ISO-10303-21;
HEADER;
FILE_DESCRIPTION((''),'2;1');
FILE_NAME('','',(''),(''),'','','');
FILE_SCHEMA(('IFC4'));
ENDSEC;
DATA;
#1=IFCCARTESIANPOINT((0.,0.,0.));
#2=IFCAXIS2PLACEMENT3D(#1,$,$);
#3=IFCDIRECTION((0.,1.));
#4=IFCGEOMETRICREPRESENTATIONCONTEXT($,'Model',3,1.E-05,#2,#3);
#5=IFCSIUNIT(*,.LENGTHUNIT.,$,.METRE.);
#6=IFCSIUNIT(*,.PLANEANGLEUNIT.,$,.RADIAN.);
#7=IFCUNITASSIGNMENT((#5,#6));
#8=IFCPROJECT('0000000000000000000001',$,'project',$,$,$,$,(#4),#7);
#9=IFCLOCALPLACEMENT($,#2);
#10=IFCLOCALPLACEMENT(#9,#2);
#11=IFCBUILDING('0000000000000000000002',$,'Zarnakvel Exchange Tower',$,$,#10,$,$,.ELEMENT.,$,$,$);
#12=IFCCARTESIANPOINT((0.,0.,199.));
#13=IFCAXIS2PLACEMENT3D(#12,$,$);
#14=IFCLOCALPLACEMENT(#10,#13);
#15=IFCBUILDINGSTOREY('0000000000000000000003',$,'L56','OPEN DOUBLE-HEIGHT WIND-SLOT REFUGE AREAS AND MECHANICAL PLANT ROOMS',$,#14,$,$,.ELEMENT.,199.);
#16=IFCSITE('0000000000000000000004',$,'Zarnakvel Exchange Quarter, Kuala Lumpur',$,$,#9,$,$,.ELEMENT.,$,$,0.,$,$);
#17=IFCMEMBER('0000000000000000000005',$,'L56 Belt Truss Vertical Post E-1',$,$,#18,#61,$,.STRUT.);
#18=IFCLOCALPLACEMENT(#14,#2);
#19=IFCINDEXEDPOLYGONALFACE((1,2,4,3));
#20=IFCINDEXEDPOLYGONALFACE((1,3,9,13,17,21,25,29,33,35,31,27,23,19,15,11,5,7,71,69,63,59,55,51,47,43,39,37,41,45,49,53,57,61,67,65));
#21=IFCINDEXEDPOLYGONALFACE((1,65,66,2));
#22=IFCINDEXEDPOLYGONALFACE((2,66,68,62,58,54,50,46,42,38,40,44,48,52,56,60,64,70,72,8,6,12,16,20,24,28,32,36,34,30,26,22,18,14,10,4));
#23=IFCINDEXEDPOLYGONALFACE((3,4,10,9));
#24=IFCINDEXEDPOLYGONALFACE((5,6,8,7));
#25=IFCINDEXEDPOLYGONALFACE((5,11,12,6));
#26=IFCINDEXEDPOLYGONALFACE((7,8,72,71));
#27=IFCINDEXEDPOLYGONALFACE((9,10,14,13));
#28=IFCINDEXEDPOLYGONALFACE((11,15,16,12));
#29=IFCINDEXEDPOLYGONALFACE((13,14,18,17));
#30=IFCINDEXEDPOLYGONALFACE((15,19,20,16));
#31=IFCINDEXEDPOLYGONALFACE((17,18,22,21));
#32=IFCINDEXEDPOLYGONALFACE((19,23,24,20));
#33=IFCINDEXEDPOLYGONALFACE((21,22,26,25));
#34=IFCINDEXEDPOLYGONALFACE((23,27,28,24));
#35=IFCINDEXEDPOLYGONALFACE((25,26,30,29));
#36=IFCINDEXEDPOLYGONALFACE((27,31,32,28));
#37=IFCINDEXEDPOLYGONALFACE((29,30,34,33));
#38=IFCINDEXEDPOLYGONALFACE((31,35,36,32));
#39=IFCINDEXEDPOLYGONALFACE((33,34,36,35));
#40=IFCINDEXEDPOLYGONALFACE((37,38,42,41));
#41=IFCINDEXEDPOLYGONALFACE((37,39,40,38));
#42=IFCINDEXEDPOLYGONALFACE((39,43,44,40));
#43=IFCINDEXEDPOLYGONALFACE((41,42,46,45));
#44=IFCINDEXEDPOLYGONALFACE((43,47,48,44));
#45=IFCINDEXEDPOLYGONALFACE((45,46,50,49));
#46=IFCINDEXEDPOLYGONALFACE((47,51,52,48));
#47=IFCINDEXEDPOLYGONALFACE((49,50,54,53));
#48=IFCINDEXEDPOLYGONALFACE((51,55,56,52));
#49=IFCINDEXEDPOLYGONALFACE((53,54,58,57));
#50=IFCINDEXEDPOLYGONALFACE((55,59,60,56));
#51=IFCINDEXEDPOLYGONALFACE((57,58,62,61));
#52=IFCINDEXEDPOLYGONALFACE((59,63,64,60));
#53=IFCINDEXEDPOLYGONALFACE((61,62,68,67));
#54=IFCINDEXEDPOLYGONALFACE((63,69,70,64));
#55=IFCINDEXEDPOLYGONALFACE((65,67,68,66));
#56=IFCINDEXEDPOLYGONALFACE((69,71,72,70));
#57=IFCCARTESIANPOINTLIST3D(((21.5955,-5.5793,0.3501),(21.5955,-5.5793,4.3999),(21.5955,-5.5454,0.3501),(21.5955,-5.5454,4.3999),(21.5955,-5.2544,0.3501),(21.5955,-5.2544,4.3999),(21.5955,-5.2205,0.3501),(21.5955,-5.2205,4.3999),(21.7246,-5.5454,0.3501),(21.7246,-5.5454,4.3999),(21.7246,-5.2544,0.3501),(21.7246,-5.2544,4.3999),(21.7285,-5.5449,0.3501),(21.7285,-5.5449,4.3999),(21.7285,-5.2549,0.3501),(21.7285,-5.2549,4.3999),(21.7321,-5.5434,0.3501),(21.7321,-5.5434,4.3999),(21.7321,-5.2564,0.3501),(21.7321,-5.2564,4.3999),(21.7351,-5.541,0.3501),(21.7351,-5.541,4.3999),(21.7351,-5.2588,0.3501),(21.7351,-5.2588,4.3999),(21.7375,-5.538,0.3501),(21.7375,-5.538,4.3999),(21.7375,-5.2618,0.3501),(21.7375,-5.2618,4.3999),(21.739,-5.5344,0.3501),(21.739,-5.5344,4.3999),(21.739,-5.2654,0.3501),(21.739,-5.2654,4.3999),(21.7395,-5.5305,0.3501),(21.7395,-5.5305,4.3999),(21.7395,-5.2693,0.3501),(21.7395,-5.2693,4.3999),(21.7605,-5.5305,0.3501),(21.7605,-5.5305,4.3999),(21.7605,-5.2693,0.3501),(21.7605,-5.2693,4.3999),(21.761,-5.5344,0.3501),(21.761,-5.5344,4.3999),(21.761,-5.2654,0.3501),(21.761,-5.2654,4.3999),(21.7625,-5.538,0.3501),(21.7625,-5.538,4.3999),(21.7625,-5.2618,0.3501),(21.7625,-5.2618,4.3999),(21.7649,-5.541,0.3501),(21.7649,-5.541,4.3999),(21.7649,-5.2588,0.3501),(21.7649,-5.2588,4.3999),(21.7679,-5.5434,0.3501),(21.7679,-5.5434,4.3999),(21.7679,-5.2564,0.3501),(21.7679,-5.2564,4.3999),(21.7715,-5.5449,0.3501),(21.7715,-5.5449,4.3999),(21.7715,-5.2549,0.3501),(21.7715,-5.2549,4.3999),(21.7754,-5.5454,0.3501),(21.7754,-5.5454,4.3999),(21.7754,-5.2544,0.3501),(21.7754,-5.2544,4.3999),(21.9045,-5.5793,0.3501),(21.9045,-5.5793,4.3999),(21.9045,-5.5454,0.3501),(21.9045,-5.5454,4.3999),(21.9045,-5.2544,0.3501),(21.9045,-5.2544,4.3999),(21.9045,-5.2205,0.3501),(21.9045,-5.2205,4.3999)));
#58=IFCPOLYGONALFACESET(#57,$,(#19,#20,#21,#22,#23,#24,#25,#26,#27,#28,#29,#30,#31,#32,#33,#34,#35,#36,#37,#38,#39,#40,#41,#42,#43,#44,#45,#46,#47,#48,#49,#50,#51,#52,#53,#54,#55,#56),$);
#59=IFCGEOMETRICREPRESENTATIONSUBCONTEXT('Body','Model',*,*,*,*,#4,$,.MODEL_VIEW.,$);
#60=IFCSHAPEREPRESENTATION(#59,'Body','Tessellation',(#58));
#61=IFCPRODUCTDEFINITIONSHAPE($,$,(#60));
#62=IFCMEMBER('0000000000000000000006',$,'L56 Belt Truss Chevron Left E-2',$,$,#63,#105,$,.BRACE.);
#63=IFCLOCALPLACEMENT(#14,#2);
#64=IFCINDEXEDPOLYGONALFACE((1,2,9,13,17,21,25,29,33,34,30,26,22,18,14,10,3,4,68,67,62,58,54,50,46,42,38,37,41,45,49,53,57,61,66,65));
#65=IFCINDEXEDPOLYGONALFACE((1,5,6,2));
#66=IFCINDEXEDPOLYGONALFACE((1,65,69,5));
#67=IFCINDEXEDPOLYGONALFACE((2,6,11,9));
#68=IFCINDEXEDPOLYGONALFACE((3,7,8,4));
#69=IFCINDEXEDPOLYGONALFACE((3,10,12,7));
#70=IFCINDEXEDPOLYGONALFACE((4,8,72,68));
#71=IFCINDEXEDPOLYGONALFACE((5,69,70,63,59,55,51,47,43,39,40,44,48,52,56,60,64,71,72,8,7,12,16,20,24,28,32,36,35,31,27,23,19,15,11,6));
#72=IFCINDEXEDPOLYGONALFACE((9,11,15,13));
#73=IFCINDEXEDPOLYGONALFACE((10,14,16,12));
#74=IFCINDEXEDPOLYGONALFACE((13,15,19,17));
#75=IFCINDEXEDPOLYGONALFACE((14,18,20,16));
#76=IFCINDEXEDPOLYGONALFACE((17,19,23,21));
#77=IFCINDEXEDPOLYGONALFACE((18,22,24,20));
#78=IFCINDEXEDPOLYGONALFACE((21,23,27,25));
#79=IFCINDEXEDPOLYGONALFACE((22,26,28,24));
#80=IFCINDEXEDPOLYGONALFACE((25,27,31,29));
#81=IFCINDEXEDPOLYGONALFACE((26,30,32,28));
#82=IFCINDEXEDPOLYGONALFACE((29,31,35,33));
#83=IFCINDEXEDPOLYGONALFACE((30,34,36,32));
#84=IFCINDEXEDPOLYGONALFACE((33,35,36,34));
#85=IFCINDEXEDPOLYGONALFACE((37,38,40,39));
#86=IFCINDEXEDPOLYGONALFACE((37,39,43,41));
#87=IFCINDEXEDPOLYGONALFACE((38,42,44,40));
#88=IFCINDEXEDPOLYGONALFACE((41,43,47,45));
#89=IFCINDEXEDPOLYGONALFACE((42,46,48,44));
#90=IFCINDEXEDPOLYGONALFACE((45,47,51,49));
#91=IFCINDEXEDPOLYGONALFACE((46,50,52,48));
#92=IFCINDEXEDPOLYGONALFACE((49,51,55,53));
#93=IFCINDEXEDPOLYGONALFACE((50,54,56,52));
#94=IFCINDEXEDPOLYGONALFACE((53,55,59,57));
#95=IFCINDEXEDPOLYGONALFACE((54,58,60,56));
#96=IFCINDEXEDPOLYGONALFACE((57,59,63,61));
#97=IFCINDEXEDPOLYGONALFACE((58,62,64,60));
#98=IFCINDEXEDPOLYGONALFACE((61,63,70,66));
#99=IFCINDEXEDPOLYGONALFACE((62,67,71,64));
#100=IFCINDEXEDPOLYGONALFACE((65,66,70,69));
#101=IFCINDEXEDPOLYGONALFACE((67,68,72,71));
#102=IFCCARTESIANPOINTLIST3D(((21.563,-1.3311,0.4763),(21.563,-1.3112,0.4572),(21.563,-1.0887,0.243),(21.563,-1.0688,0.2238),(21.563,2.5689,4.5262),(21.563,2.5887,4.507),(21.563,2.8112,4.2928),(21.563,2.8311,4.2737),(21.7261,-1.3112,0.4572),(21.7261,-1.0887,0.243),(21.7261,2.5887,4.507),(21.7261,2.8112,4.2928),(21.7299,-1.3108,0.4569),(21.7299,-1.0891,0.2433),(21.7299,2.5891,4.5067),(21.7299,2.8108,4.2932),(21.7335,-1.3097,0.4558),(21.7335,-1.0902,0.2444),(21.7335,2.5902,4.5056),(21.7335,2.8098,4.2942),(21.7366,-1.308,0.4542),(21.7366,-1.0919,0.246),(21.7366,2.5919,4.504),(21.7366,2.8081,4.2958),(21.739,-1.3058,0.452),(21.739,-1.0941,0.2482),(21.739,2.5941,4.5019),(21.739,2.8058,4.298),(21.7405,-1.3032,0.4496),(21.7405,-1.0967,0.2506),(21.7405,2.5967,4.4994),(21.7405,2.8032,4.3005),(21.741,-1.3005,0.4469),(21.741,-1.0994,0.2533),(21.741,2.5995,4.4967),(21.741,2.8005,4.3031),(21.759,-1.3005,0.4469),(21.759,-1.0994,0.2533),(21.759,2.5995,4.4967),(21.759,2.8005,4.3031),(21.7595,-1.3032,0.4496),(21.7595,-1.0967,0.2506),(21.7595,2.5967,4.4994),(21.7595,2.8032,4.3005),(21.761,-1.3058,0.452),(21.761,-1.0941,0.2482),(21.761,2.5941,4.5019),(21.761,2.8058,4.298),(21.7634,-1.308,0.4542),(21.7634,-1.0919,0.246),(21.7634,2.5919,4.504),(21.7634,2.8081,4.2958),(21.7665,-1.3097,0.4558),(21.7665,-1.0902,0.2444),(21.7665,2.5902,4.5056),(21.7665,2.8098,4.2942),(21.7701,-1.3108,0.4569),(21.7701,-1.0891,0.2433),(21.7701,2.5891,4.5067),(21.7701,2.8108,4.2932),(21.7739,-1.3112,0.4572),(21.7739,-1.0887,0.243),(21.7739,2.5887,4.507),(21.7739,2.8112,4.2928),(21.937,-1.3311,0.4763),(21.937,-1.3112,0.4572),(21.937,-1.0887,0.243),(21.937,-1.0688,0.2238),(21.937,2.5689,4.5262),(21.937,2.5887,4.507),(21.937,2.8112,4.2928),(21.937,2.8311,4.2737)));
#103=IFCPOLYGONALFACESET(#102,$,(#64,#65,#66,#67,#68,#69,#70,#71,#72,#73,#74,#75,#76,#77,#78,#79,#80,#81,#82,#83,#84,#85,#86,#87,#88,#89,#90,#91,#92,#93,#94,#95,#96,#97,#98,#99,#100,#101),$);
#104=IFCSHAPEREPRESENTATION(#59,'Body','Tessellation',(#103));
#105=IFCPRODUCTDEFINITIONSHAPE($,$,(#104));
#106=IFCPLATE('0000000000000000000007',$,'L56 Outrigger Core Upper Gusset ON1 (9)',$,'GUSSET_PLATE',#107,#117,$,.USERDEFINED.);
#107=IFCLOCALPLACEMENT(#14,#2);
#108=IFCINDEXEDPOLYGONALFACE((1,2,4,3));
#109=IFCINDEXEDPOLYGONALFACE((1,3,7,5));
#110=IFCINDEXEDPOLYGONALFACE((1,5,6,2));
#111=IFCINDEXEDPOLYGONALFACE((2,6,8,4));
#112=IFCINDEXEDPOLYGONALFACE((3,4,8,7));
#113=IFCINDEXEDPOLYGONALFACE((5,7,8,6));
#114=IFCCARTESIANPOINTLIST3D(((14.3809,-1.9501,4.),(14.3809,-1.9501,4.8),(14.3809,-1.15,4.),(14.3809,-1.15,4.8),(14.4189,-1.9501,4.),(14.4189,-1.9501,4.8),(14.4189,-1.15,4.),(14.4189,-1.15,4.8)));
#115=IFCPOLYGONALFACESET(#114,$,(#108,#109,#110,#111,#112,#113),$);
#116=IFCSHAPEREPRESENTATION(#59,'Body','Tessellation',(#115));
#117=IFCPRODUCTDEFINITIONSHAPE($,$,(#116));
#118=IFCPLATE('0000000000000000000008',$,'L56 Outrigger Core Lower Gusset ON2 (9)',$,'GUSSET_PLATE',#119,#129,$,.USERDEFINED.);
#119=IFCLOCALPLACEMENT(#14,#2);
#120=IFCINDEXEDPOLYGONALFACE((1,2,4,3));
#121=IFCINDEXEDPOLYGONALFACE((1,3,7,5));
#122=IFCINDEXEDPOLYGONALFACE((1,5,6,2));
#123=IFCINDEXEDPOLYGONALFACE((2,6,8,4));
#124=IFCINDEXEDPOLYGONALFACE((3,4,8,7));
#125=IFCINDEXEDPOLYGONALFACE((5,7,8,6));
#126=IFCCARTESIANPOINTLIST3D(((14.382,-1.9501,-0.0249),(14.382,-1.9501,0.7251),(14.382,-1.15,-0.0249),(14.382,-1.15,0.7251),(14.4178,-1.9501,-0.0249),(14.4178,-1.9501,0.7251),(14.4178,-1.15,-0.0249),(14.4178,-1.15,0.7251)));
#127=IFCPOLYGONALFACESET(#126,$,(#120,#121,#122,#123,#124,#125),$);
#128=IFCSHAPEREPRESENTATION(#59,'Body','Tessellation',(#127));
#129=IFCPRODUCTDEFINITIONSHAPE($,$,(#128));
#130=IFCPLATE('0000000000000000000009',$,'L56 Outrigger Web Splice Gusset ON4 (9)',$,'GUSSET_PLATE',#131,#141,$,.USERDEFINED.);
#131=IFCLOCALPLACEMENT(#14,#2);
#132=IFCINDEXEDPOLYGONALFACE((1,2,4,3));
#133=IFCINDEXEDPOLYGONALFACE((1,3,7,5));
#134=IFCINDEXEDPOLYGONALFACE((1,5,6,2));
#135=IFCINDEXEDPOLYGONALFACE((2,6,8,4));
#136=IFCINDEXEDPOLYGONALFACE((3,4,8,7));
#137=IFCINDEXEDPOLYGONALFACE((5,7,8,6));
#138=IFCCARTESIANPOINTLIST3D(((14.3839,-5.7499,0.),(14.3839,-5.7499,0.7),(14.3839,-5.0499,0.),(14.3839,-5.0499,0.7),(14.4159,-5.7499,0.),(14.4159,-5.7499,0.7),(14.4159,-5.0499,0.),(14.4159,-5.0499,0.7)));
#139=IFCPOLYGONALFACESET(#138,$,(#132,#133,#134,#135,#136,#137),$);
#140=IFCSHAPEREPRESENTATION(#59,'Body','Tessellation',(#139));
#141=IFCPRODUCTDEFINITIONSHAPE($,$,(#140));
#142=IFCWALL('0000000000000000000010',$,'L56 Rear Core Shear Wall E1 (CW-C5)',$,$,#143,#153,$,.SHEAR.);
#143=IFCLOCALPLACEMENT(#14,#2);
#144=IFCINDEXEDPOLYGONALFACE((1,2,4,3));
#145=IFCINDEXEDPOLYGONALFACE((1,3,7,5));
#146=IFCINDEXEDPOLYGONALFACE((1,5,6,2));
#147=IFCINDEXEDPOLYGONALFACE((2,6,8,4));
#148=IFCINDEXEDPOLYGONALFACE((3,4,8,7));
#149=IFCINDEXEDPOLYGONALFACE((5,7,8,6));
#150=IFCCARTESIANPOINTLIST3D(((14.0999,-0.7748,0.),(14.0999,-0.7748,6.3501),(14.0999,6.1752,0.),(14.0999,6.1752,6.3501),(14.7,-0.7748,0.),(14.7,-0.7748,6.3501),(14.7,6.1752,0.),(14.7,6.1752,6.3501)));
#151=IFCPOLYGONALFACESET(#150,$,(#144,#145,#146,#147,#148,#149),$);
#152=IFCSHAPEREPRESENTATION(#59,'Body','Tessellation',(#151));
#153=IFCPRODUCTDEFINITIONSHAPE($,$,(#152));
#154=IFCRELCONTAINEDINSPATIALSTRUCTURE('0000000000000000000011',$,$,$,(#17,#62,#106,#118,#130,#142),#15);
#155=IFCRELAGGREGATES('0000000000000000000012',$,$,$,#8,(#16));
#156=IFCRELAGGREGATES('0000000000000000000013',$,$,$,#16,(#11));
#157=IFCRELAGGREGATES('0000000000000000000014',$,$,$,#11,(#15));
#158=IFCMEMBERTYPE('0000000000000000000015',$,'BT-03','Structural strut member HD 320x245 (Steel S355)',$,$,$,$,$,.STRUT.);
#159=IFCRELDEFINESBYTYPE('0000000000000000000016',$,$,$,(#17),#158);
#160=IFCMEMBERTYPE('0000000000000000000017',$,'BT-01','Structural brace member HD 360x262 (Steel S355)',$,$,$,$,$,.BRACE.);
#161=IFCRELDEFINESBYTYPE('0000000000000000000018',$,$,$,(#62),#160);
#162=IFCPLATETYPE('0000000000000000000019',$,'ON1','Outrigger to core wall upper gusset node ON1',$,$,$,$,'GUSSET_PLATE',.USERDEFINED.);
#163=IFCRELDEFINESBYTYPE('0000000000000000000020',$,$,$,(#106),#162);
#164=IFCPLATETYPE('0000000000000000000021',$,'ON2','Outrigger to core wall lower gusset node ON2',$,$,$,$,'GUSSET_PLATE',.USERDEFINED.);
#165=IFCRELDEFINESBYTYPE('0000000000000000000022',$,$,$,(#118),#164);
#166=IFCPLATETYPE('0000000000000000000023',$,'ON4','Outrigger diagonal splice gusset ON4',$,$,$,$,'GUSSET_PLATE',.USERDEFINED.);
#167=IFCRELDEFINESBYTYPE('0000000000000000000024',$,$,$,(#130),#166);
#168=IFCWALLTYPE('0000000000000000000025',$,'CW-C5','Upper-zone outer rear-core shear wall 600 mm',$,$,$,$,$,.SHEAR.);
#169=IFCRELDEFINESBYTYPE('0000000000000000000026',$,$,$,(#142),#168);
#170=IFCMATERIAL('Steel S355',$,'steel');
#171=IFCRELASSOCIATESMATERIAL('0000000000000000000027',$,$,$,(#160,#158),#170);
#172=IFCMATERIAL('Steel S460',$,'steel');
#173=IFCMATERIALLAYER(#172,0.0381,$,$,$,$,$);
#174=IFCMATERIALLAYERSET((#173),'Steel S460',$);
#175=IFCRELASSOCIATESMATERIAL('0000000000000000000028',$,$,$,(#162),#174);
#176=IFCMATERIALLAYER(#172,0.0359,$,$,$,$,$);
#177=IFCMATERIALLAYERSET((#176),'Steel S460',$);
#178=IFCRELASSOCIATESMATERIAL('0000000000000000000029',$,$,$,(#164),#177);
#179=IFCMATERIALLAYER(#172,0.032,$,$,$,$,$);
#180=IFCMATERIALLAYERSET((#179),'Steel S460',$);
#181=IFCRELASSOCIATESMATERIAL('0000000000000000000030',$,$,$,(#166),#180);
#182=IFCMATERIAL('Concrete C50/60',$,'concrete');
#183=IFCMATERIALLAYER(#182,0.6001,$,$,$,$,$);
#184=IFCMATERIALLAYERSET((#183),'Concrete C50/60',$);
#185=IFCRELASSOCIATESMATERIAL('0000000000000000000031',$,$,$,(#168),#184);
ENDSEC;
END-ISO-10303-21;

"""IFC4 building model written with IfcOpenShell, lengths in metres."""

from ifc_helpers import new_model, si_unit, direction, frame, frame_2d, origin, origin_2d, place, context, subcontext, project, spatial, rectangle, i_section, extrude, source, transform, mapped, material, layer, layer_set, material_profile, profile_set, type_object, element, save


model = new_model("IFC4")

# Units and contexts
model_context = context("Model", 3, precision=1e-05, world=origin(), true_north=direction((0.0, 1.0)))
body_context = subcontext(model_context, "Body", "Model", "MODEL_VIEW")
ifc_project = project(units=[si_unit("LENGTHUNIT", "METRE"), si_unit("PLANEANGLEUNIT", "RADIAN")], contexts=[model_context])

# Site, building, storey
site_placement = place(None, origin())
site = spatial("IfcSite", under=ifc_project, at=site_placement, Name="Zarnakvel Exchange Quarter, Kuala Lumpur", CompositionType="ELEMENT", RefElevation=0.0)
building_placement = place(site_placement, origin())
building = spatial("IfcBuilding", under=site, at=building_placement, Name="Zarnakvel Exchange Tower", CompositionType="ELEMENT")
storey_placement = place(building_placement, frame((0.0, 0.0, 199.0)))
storey = spatial("IfcBuildingStorey", under=building, at=storey_placement, Name="L56", Description="OPEN DOUBLE-HEIGHT WIND-SLOT REFUGE AREAS AND MECHANICAL PLANT ROOMS", CompositionType="ELEMENT", Elevation=199.0)

# Shared definitions
ifc_material_1 = material(Name="Concrete C50/60", Category="concrete")
ifc_material_2 = material(Name="Steel S355", Category="steel")

# Shared definitions
ifc_material_3 = material(Name="Steel S460", Category="steel")

# Members
ifc_material_profile_1 = material_profile(ifc_material_2, i_section(OverallWidth=0.374, OverallDepth=0.364, WebThickness=0.0181, FlangeThickness=0.0276, FilletRadius=0.0149, at=origin_2d()))
ifc_profile_set_1 = profile_set([ifc_material_profile_1], Name="Steel S355")
member_type_1 = type_object("IfcMemberType", Name="BT-01", Description="Structural brace member HD 360x262 (Steel S355)", PredefinedType="BRACE", material=ifc_profile_set_1)
ifc_material_profile_2 = material_profile(ifc_material_2, i_section(OverallWidth=0.3091, OverallDepth=0.3589, WebThickness=0.021, FlangeThickness=0.0339, FilletRadius=0.0149, at=origin_2d()))
ifc_profile_set_2 = profile_set([ifc_material_profile_2], Name="Steel S355")
member_type_2 = type_object("IfcMemberType", Name="BT-03", Description="Structural strut member HD 320x245 (Steel S355)", PredefinedType="STRUT", material=ifc_profile_set_2)
shared_shape_1 = source(origin(), body_context, "Body", "SweptSolid", [
    extrude(i_section(OverallWidth=0.3091, OverallDepth=0.3589, WebThickness=0.021, FlangeThickness=0.0339, FilletRadius=0.0149, at=origin_2d()), origin(), (0.0, 0.0, 1.0), 4.0498),
])
member_1_placement = place(storey_placement, frame((21.75, -5.3999, 0.3501), z_axis=(0.0, 0.0, 1.0), x_axis=(1.0, 0.0, 0.0)))
element("IfcMember", 1, at=member_1_placement, inside=storey, type_object=member_type_2, Name="L56 Belt Truss Vertical Post E-1", PredefinedType="STRUT", context=body_context, shape_type="MappedRepresentation", body=[
    mapped(shared_shape_1, transform((0.0, 0.0, 0.0), x_axis=(1.0, 0.0, 0.0), y_axis=(0.0, 1.0, 0.0), z_axis=(0.0, 0.0, 1.0), scale=1.0)),
])
shared_shape_2 = source(origin(), body_context, "Body", "SweptSolid", [
    extrude(i_section(OverallWidth=0.374, OverallDepth=0.364, WebThickness=0.0181, FlangeThickness=0.0276, FilletRadius=0.0149, at=origin_2d()), origin(), (0.0, 0.0, 1.0), 5.6223),
])
member_2_placement = place(storey_placement, frame((21.75, -1.2, 0.3501), z_axis=(0.0, 0.69365, 0.720312), x_axis=(-1.0, 0.0, 0.0)))
element("IfcMember", 2, at=member_2_placement, inside=storey, type_object=member_type_1, Name="L56 Belt Truss Chevron Left E-2", PredefinedType="BRACE", context=body_context, shape_type="MappedRepresentation", body=[
    mapped(shared_shape_2, transform((0.0, 0.0, 0.0), x_axis=(1.0, 0.0, 0.0), y_axis=(0.0, 1.0, 0.0), z_axis=(0.0, 0.0, 1.0), scale=1.0)),
])

# Plates
ifc_layer_1 = layer(ifc_material_3, 0.0381)
ifc_layer_set_1 = layer_set([ifc_layer_1], Name="Steel S460")
plate_type_1 = type_object("IfcPlateType", Name="ON1", Description="Outrigger to core wall upper gusset node ON1", ElementType="GUSSET_PLATE", PredefinedType="USERDEFINED", material=ifc_layer_set_1)
shared_shape_3 = source(origin(), body_context, "Body", "SweptSolid", [
    extrude(rectangle(XDim=0.0381, YDim=0.8, at=origin_2d()), origin(), (0.0, 0.0, 1.0), 0.8),
])
plate_1_placement = place(storey_placement, frame((14.3999, -1.55, 4.0), z_axis=(0.0, 0.0, 1.0), x_axis=(1.0, 0.0, 0.0)))
element("IfcPlate", 3, at=plate_1_placement, inside=storey, type_object=plate_type_1, Name="L56 Outrigger Core Upper Gusset ON1 (9)", ObjectType="GUSSET_PLATE", PredefinedType="USERDEFINED", context=body_context, shape_type="MappedRepresentation", body=[
    mapped(shared_shape_3, transform((0.0, 0.0, 0.0), x_axis=(1.0, 0.0, 0.0), y_axis=(0.0, 1.0, 0.0), z_axis=(0.0, 0.0, 1.0), scale=1.0)),
])
ifc_layer_2 = layer(ifc_material_3, 0.0359)
ifc_layer_set_2 = layer_set([ifc_layer_2], Name="Steel S460")
plate_type_2 = type_object("IfcPlateType", Name="ON2", Description="Outrigger to core wall lower gusset node ON2", ElementType="GUSSET_PLATE", PredefinedType="USERDEFINED", material=ifc_layer_set_2)
shared_shape_4 = source(origin(), body_context, "Body", "SweptSolid", [
    extrude(rectangle(XDim=0.0359, YDim=0.8, at=origin_2d()), origin(), (0.0, 0.0, 1.0), 0.75),
])
plate_2_placement = place(storey_placement, frame((14.3999, -1.55, -0.0249), z_axis=(0.0, 0.0, 1.0), x_axis=(1.0, 0.0, 0.0)))
element("IfcPlate", 4, at=plate_2_placement, inside=storey, type_object=plate_type_2, Name="L56 Outrigger Core Lower Gusset ON2 (9)", ObjectType="GUSSET_PLATE", PredefinedType="USERDEFINED", context=body_context, shape_type="MappedRepresentation", body=[
    mapped(shared_shape_4, transform((0.0, 0.0, 0.0), x_axis=(1.0, 0.0, 0.0), y_axis=(0.0, 1.0, 0.0), z_axis=(0.0, 0.0, 1.0), scale=1.0)),
])
ifc_layer_3 = layer(ifc_material_3, 0.032)
ifc_layer_set_3 = layer_set([ifc_layer_3], Name="Steel S460")
plate_type_3 = type_object("IfcPlateType", Name="ON4", Description="Outrigger diagonal splice gusset ON4", ElementType="GUSSET_PLATE", PredefinedType="USERDEFINED", material=ifc_layer_set_3)
shared_shape_5 = source(origin(), body_context, "Body", "SweptSolid", [
    extrude(rectangle(XDim=0.032, YDim=0.7, at=origin_2d()), origin(), (0.0, 0.0, 1.0), 0.7),
])
plate_3_placement = place(storey_placement, frame((14.3999, -5.3999, 0.0), z_axis=(0.0, 0.0, 1.0), x_axis=(1.0, 0.0, 0.0)))
element("IfcPlate", 5, at=plate_3_placement, inside=storey, type_object=plate_type_3, Name="L56 Outrigger Web Splice Gusset ON4 (9)", ObjectType="GUSSET_PLATE", PredefinedType="USERDEFINED", context=body_context, shape_type="MappedRepresentation", body=[
    mapped(shared_shape_5, transform((0.0, 0.0, 0.0), x_axis=(1.0, 0.0, 0.0), y_axis=(0.0, 1.0, 0.0), z_axis=(0.0, 0.0, 1.0), scale=1.0)),
])

# Wall
ifc_layer_4 = layer(ifc_material_1, 0.6001)
ifc_layer_set_4 = layer_set([ifc_layer_4], Name="Concrete C50/60")
wall_type_1 = type_object("IfcWallType", Name="CW-C5", Description="Upper-zone outer rear-core shear wall 600 mm", PredefinedType="SHEAR", material=ifc_layer_set_4)
wall_1_placement = place(storey_placement, frame((14.3999, -0.7749, 0.0), z_axis=(0.0, 0.0, 1.0), x_axis=(0.0, 1.0, 0.0)))
element("IfcWall", 6, at=wall_1_placement, inside=storey, type_object=wall_type_1, Name="L56 Rear Core Shear Wall E1 (CW-C5)", PredefinedType="SHEAR", context=body_context, shape_type="SweptSolid", body=[
    extrude(rectangle(XDim=6.95, YDim=0.6001, at=frame_2d((3.4751, 0.0))), origin(), (0.0, 0.0, 1.0), 6.3501),
])

save(model, "model.ifc")
